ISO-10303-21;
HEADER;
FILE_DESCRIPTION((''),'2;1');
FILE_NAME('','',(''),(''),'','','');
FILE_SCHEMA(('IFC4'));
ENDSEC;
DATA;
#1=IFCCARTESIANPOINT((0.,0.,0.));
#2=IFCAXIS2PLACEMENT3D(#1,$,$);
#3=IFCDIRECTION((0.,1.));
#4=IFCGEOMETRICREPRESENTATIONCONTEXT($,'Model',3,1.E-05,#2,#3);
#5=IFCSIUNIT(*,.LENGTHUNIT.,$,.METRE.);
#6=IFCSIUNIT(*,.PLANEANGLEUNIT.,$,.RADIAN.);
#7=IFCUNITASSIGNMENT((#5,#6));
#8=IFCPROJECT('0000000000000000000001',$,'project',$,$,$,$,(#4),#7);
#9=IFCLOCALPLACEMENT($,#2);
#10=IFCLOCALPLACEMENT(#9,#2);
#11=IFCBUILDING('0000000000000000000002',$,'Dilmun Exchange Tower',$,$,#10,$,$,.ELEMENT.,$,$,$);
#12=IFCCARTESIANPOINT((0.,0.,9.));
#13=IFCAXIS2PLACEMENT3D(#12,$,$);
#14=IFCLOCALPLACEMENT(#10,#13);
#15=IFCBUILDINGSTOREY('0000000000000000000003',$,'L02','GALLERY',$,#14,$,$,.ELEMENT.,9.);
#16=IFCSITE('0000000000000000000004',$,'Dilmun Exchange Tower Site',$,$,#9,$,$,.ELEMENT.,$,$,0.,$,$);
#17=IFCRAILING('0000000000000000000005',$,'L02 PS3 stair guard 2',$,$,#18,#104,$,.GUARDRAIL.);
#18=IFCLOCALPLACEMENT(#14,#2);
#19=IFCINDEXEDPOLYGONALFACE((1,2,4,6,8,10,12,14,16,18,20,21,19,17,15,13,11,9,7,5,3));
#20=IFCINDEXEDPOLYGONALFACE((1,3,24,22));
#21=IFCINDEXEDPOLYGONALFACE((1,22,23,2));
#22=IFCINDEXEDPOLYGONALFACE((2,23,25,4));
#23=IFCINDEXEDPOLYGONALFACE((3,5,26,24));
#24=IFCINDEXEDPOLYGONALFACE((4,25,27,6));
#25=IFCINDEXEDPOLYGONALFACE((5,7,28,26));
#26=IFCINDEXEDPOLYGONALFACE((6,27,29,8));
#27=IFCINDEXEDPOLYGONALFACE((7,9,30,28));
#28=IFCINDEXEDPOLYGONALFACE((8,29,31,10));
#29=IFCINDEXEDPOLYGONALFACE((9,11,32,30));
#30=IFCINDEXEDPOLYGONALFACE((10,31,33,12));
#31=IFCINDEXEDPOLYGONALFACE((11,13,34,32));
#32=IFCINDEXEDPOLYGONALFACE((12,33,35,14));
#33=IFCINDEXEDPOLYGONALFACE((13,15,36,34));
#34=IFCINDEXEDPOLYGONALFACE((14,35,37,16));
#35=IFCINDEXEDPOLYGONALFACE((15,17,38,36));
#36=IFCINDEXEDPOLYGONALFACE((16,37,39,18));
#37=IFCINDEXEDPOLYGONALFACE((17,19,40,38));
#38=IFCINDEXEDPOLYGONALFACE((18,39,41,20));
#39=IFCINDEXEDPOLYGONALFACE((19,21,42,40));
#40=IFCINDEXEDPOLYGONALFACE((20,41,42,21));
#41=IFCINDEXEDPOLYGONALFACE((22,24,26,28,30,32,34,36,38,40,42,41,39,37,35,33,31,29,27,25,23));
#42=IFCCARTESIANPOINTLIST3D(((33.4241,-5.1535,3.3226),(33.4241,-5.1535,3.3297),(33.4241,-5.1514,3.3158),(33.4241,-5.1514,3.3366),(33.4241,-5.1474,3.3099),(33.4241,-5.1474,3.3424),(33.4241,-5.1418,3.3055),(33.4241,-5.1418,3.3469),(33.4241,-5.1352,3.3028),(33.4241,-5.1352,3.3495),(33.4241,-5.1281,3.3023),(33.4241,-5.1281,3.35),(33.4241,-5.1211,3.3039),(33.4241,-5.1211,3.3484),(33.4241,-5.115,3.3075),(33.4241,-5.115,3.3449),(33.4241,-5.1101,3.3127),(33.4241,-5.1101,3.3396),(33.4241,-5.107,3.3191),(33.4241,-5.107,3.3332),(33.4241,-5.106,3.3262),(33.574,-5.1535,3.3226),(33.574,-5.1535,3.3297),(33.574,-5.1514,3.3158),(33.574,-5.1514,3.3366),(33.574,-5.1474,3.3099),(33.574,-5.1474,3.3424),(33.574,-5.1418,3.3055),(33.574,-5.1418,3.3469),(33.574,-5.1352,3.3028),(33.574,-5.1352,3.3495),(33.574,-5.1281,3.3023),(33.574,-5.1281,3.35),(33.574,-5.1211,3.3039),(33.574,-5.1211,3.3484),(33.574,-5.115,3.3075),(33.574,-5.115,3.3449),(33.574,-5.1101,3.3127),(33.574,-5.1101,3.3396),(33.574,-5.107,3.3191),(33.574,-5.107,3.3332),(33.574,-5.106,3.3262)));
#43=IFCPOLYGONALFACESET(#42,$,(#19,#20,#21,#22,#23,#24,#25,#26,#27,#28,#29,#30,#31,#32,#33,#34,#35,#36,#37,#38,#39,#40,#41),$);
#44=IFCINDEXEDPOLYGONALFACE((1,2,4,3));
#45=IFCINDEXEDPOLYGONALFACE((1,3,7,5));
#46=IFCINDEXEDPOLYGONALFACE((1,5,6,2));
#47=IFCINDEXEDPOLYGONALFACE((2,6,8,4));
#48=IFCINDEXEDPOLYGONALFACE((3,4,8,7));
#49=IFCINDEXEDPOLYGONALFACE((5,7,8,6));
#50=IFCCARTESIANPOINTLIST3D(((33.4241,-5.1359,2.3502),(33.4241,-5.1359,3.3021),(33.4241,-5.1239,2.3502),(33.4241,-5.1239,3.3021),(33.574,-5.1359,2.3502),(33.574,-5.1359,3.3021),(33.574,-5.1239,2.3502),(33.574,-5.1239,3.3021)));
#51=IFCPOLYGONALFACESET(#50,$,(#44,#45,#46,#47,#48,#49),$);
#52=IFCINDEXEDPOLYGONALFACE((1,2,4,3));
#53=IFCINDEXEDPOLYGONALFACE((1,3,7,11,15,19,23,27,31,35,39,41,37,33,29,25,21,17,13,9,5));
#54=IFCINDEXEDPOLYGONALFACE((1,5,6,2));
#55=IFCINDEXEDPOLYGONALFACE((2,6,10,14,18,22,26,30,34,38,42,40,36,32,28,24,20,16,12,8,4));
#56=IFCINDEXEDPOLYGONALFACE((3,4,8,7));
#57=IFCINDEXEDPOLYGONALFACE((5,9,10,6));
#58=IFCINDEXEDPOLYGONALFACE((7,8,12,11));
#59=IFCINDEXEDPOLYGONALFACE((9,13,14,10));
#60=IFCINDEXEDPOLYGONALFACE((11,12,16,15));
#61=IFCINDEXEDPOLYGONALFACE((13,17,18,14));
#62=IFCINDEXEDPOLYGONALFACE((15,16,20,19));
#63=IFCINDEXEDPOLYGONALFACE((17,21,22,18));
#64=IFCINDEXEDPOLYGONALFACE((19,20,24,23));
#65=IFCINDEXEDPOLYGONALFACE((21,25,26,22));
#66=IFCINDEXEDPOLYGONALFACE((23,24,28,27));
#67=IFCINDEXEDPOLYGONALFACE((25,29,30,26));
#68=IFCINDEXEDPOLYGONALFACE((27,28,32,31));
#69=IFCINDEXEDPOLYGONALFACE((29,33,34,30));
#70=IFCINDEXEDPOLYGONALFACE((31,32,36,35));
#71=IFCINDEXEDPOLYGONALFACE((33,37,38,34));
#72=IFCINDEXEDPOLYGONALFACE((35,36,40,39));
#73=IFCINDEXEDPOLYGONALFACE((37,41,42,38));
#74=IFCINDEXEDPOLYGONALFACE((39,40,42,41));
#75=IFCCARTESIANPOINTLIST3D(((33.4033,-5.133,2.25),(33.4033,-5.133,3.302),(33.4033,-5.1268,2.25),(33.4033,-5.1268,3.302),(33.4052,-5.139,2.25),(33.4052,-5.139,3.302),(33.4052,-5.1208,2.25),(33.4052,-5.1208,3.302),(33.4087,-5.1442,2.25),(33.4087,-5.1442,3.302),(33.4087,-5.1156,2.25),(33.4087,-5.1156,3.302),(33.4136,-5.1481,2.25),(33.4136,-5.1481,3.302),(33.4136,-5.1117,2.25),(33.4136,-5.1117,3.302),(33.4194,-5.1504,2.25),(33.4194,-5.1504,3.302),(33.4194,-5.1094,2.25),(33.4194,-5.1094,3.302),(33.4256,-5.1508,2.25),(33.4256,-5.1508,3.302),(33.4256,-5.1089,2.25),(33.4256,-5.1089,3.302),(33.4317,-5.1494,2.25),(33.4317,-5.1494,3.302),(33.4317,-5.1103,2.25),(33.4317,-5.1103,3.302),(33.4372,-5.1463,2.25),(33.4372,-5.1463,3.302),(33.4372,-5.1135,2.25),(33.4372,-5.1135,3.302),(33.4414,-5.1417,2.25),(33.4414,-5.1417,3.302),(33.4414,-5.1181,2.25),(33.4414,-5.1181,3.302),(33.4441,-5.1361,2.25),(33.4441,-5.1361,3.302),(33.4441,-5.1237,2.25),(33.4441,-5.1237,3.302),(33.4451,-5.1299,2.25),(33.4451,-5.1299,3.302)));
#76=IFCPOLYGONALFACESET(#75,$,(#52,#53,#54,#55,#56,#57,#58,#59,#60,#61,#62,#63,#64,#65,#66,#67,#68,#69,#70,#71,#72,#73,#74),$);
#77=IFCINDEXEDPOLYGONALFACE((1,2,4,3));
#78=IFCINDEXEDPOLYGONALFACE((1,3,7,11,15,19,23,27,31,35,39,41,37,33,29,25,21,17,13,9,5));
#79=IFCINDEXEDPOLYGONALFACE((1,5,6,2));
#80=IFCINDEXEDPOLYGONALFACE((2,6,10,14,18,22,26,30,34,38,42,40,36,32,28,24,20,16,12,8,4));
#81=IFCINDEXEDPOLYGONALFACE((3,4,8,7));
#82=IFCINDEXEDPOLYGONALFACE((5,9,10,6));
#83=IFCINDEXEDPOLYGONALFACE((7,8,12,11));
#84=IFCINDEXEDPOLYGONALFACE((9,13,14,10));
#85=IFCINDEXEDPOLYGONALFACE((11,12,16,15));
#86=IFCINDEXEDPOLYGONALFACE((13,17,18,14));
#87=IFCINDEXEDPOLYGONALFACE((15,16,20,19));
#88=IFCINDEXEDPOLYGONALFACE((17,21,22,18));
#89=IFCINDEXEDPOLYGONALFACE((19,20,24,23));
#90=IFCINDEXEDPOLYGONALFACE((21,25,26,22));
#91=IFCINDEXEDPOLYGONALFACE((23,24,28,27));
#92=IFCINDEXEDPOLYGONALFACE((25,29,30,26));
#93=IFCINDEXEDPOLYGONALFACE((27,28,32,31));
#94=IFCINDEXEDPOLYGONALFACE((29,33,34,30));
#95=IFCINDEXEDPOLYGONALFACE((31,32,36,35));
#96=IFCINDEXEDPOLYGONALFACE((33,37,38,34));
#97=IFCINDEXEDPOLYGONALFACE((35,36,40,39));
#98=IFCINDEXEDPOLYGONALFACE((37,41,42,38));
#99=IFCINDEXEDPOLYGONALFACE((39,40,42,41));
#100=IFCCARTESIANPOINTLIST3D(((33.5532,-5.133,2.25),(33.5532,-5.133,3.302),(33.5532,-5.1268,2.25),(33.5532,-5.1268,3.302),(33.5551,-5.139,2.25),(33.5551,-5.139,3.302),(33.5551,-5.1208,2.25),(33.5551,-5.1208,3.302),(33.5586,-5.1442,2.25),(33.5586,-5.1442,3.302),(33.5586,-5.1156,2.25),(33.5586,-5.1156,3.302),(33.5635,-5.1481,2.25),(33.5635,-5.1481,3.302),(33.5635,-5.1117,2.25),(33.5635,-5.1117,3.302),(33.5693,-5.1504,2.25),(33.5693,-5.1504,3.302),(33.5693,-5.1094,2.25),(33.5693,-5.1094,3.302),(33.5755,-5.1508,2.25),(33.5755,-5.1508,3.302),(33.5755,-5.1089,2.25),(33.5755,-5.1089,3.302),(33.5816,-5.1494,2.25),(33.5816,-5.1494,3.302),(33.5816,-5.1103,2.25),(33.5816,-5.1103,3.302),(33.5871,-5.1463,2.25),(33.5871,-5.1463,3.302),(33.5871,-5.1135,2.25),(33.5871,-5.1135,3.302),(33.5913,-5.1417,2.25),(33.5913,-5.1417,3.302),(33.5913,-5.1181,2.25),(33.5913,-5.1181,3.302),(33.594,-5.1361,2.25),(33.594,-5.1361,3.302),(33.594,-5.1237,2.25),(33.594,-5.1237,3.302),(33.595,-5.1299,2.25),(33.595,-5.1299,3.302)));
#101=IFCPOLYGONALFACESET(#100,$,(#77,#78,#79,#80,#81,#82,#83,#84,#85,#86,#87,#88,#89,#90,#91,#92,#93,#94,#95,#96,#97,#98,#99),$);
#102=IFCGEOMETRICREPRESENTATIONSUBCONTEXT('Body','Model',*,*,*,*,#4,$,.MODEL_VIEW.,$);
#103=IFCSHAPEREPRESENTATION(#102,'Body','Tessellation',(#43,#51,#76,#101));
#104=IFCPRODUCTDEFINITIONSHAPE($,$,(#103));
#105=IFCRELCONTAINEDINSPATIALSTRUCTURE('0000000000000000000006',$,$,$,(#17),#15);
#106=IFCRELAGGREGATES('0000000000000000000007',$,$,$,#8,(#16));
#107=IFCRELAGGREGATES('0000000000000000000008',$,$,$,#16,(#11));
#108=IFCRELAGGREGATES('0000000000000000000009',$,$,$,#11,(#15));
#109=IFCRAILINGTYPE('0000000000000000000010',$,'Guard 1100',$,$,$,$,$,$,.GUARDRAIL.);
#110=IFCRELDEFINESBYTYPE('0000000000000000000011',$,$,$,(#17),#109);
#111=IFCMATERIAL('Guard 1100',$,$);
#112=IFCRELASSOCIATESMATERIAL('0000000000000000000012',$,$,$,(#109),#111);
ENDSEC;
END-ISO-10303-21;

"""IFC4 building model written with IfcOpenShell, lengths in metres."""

from ifc_helpers import new_model, si_unit, direction, frame, origin, origin_2d, place, context, subcontext, project, spatial, rectangle, circle, extrude, material, type_object, element, save


model = new_model("IFC4")

# Units and contexts
model_context = context("Model", 3, precision=1e-05, world=origin(), true_north=direction((0.0, 1.0)))
body_context = subcontext(model_context, "Body", "Model", "MODEL_VIEW")
ifc_project = project(units=[si_unit("LENGTHUNIT", "METRE"), si_unit("PLANEANGLEUNIT", "RADIAN")], contexts=[model_context])

# Site, building, storey
site_placement = place(None, origin())
site = spatial("IfcSite", under=ifc_project, at=site_placement, Name="Dilmun Exchange Tower Site", CompositionType="ELEMENT", RefElevation=0.0)
building_placement = place(site_placement, origin())
building = spatial("IfcBuilding", under=site, at=building_placement, Name="Dilmun Exchange Tower", CompositionType="ELEMENT")
storey_placement = place(building_placement, frame((0.0, 0.0, 9.0)))
storey = spatial("IfcBuildingStorey", under=building, at=storey_placement, Name="L02", Description="GALLERY", CompositionType="ELEMENT", Elevation=9.0)

# Railing
ifc_material_1 = material(Name="Guard 1100")
railing_type_1 = type_object("IfcRailingType", Name="Guard 1100", PredefinedType="GUARDRAIL", material=ifc_material_1)
railing_1_placement = place(storey_placement, frame((33.4241, -5.1299, 2.25)))
element("IfcRailing", 1, at=railing_1_placement, inside=storey, type_object=railing_type_1, Name="L02 PS3 stair guard 2", PredefinedType="GUARDRAIL", context=body_context, shape_type="SweptSolid", body=[
    extrude(circle(Radius=0.0239, at=origin_2d()), frame((0.0, 0.0, 1.0762), z_axis=(1.0, 0.0, 0.0), x_axis=(0.0, 1.0, 0.0)), (0.0, 0.0, 1.0), 0.1499),
    extrude(rectangle(XDim=0.012, YDim=0.9519, at=origin_2d()), frame((0.0, 0.0, 0.5762), z_axis=(1.0, 0.0, 0.0), x_axis=(0.0, 1.0, 0.0)), (0.0, 0.0, 1.0), 0.1499),
    extrude(circle(Radius=0.021, at=origin_2d()), origin(), (0.0, 0.0, 1.0), 1.052),
    extrude(circle(Radius=0.021, at=origin_2d()), frame((0.1499, 0.0, 0.0)), (0.0, 0.0, 1.0), 1.052),
])

save(model, "model.ifc")
